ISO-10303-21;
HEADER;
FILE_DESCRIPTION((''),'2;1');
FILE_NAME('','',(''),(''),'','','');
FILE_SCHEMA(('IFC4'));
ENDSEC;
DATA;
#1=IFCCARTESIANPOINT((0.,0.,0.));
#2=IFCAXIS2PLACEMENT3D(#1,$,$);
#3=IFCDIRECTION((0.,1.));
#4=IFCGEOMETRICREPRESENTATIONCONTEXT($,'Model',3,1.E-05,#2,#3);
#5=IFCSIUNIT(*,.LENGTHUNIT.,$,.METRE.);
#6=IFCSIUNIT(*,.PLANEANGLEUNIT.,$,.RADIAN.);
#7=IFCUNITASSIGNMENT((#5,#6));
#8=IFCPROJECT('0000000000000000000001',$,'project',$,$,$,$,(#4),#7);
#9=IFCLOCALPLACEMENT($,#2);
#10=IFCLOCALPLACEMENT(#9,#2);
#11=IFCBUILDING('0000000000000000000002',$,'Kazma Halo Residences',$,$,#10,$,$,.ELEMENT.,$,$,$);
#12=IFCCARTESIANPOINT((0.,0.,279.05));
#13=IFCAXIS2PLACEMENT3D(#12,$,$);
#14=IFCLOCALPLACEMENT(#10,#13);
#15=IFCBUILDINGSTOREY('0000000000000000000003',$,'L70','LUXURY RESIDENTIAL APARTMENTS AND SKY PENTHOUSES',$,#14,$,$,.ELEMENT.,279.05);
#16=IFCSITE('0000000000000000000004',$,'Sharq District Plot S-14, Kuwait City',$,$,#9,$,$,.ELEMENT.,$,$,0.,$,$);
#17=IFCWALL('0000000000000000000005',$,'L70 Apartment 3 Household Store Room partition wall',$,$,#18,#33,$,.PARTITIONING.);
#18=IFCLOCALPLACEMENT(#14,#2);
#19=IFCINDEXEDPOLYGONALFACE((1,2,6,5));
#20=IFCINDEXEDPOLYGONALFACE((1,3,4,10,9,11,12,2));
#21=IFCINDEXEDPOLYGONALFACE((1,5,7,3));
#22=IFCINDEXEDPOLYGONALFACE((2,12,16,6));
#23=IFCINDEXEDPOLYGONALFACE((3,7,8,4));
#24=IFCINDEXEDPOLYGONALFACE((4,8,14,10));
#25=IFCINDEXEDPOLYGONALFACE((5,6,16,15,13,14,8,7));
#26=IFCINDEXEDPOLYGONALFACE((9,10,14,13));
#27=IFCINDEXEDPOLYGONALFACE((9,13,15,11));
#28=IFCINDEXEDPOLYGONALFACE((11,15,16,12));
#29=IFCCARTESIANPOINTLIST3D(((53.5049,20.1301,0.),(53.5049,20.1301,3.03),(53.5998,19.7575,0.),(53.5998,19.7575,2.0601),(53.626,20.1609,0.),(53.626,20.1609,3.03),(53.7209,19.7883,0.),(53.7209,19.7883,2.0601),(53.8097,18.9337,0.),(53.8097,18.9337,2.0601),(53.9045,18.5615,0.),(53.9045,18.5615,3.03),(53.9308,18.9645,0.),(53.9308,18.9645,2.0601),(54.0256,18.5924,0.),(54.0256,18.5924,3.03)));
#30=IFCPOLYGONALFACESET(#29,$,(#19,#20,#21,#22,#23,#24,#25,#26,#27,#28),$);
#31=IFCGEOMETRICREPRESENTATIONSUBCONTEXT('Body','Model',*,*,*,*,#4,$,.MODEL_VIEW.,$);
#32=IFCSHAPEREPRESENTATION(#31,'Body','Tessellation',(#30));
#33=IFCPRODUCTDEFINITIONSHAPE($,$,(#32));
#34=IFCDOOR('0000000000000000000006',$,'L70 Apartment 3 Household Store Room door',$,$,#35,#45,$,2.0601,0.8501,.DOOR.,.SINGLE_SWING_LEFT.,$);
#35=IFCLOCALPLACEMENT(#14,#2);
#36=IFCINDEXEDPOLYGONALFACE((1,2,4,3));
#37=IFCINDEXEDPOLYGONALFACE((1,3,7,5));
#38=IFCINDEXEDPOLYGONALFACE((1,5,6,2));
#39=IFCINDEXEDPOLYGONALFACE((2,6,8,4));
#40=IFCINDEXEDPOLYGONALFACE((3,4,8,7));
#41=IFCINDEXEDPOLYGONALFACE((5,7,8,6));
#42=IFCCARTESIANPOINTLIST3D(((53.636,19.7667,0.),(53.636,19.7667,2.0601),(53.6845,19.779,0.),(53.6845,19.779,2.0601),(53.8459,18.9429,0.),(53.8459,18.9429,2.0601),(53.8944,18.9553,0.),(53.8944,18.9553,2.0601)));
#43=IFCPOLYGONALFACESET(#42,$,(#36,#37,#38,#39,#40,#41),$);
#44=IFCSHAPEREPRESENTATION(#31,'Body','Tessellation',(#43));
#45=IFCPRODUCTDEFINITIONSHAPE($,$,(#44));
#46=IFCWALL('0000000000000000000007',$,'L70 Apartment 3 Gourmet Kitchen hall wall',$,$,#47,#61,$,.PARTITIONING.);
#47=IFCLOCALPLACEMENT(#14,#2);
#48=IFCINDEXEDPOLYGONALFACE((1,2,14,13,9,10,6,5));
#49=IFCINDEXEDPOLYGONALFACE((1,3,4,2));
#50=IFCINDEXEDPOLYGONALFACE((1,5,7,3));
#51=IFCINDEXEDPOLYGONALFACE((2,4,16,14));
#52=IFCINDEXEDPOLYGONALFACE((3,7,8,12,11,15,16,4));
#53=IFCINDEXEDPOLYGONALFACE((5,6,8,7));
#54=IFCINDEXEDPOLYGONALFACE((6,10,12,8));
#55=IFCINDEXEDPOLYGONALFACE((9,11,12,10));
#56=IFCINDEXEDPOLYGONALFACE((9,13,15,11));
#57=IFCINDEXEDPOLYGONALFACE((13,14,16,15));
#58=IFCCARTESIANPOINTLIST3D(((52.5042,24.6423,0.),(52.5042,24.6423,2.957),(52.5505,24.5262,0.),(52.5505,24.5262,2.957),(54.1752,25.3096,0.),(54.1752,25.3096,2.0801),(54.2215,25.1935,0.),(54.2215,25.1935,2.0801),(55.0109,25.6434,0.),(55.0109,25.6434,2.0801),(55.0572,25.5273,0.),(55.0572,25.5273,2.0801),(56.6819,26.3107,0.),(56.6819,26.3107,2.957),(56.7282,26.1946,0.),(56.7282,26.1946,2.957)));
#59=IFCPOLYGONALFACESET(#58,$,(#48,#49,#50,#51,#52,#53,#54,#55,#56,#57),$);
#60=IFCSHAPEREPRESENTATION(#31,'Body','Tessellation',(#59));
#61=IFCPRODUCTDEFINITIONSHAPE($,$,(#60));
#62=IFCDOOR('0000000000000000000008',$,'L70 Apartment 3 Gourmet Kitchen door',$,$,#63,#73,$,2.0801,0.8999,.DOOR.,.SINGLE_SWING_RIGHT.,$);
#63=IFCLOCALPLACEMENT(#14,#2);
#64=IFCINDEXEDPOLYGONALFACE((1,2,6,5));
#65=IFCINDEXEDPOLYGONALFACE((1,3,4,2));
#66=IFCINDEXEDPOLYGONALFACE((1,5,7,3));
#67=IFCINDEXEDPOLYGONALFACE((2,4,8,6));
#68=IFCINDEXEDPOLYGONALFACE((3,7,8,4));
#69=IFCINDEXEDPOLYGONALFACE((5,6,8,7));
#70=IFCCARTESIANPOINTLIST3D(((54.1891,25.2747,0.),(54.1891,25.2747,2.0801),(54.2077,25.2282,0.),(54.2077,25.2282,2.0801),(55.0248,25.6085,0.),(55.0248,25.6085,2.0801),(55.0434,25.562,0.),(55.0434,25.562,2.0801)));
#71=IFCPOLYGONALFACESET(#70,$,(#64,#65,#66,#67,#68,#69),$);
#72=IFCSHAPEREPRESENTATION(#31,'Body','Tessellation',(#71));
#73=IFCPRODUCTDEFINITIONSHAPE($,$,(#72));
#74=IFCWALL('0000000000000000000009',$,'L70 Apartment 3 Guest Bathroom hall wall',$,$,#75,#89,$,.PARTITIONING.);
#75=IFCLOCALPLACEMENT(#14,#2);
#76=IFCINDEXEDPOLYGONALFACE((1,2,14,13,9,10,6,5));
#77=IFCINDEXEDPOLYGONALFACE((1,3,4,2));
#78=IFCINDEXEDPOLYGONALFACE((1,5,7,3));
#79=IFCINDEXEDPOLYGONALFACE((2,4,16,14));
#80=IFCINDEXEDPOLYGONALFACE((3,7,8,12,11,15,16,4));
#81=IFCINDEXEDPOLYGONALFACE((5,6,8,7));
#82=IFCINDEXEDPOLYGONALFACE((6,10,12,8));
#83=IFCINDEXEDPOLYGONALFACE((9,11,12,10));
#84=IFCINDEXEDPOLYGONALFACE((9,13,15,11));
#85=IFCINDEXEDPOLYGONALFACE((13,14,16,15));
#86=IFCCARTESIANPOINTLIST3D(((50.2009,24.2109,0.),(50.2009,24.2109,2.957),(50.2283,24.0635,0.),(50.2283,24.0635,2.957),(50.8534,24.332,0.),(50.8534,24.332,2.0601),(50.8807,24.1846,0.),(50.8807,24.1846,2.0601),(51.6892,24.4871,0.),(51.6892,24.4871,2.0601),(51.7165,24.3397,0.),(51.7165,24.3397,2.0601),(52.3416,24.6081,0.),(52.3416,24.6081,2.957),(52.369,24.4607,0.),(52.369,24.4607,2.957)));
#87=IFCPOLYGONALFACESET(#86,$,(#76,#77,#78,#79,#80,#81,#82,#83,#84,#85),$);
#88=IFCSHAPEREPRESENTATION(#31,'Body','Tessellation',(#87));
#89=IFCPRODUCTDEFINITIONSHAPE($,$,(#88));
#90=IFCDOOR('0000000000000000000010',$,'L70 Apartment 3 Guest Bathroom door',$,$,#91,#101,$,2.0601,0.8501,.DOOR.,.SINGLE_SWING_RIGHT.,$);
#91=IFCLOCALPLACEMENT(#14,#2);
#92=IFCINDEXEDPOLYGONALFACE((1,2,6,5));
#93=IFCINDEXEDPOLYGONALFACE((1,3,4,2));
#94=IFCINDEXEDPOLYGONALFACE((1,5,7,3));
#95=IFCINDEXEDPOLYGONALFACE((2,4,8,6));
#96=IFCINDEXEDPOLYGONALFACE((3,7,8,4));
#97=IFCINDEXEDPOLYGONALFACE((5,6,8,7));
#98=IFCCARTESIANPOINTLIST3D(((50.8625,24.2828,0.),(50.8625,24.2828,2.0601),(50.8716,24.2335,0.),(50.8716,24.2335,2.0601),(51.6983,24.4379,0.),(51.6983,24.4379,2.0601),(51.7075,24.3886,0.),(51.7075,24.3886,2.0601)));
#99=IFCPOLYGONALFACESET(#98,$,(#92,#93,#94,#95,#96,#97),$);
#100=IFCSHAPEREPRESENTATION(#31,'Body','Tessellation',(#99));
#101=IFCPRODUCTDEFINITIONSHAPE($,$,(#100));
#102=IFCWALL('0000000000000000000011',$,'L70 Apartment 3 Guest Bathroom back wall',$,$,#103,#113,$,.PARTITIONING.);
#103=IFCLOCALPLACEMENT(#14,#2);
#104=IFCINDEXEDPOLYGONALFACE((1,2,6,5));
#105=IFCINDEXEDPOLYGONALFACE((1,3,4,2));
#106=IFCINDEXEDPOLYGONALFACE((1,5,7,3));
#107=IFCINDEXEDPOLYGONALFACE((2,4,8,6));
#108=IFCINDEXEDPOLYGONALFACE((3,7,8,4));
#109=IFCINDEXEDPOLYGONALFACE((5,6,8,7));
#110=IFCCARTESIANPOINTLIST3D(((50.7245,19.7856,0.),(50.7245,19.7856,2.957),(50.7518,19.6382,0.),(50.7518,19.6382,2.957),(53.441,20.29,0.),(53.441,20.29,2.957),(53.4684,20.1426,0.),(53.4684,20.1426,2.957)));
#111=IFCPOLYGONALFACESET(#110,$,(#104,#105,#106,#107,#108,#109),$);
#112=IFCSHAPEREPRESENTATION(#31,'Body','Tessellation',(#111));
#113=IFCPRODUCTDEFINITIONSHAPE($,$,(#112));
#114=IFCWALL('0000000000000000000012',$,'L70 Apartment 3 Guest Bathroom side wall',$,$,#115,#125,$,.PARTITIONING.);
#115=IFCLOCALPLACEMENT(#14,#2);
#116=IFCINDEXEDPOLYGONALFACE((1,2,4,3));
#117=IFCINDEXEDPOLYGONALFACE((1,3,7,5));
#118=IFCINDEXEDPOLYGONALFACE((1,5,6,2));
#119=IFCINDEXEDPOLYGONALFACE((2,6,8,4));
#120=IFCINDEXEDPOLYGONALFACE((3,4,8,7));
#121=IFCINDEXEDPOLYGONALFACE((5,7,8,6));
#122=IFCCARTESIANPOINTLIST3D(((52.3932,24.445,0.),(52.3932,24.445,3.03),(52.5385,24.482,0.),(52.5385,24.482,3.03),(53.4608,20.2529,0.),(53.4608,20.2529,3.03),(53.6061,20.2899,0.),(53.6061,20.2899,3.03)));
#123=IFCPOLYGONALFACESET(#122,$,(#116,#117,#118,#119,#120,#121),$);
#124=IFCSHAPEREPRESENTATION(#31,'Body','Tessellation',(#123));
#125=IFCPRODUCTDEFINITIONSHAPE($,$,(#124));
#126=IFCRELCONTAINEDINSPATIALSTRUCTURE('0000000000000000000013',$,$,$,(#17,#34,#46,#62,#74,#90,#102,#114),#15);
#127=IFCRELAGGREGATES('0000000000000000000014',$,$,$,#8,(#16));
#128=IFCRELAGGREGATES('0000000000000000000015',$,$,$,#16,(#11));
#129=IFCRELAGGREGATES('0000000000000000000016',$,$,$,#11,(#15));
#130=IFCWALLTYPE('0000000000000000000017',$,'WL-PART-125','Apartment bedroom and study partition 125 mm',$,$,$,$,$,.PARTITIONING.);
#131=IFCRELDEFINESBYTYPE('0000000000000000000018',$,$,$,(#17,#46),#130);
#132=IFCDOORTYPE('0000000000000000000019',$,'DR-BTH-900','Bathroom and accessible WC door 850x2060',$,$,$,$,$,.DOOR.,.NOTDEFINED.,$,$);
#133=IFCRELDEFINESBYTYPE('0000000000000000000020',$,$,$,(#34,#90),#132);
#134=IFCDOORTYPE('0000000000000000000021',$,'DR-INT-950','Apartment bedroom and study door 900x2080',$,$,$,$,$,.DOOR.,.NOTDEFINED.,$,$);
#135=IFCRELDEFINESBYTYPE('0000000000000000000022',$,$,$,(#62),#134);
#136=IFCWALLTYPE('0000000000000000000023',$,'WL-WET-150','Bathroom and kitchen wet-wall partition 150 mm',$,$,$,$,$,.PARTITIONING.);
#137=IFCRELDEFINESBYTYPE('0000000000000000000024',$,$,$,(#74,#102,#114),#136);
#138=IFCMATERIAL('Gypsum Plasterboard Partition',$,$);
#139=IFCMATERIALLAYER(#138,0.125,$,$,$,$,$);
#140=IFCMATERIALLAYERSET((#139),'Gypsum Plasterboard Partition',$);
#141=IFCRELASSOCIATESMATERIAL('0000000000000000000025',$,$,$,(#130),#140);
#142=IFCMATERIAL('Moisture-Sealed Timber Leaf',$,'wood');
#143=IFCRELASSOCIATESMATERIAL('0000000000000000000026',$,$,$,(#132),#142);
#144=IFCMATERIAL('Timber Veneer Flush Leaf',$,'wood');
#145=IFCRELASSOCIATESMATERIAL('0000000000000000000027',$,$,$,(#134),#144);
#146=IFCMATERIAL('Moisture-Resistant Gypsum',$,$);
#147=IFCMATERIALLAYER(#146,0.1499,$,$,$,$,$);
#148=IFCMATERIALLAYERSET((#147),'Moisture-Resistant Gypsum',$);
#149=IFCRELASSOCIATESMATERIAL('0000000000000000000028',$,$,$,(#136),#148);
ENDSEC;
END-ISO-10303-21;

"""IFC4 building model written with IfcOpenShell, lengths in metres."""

from ifc_helpers import new_model, si_unit, direction, frame, frame_2d, origin, place, context, subcontext, project, spatial, rectangle, extrude, material, layer, layer_set, type_object, element, fill, save


model = new_model("IFC4")

# Units and contexts
model_context = context("Model", 3, precision=1e-05, world=origin(), true_north=direction((0.0, 1.0)))
body_context = subcontext(model_context, "Body", "Model", "MODEL_VIEW")
ifc_project = project(units=[si_unit("LENGTHUNIT", "METRE"), si_unit("PLANEANGLEUNIT", "RADIAN")], contexts=[model_context])

# Site, building, storey
site_placement = place(None, origin())
site = spatial("IfcSite", under=ifc_project, at=site_placement, Name="Sharq District Plot S-14, Kuwait City", CompositionType="ELEMENT", RefElevation=0.0)
building_placement = place(site_placement, origin())
building = spatial("IfcBuilding", under=site, at=building_placement, Name="Kazma Halo Residences", CompositionType="ELEMENT")
storey_placement = place(building_placement, frame((0.0, 0.0, 279.05)))
storey = spatial("IfcBuildingStorey", under=building, at=storey_placement, Name="L70", Description="LUXURY RESIDENTIAL APARTMENTS AND SKY PENTHOUSES", CompositionType="ELEMENT", Elevation=279.05)

# Shared definitions
ifc_material_1 = material(Name="Gypsum Plasterboard Partition")
ifc_layer_1 = layer(ifc_material_1, 0.125)
ifc_layer_set_1 = layer_set([ifc_layer_1], Name="Gypsum Plasterboard Partition")
wall_type_1 = type_object("IfcWallType", Name="WL-PART-125", Description="Apartment bedroom and study partition 125 mm", PredefinedType="PARTITIONING", material=ifc_layer_set_1)

# Walls, openings, doors
wall_1_placement = place(storey_placement, frame((53.5654, 20.1455, 0.0), z_axis=(0.0, 0.0, 1.0), x_axis=(0.246898, -0.969041, 0.0)))
wall_1 = element("IfcWall", 1, at=wall_1_placement, inside=storey, type_object=wall_type_1, Name="L70 Apartment 3 Household Store Room partition wall", PredefinedType="PARTITIONING", context=body_context, shape_type="SweptSolid", body=[
    extrude(rectangle(XDim=1.6187, YDim=0.125, at=frame_2d((0.8093, 0.0))), origin(), (0.0, 0.0, 1.0), 3.03),
])
opening_1_placement = place(wall_1_placement, frame((0.3845, 0.0, 0.0)))
opening_1 = element("IfcOpeningElement", 2, at=opening_1_placement, cuts=wall_1, PredefinedType="OPENING", context=body_context, shape_type="SweptSolid", body=[
    extrude(rectangle(XDim=0.8501, YDim=2.0601, at=frame_2d((0.425, 1.03))), frame((0.0, 0.0725, 0.0), z_axis=(0.0, -1.0, 0.0), x_axis=(1.0, 0.0, 0.0)), (0.0, 0.0, 1.0), 0.145),
])
ifc_material_2 = material(Name="Moisture-Sealed Timber Leaf", Category="wood")
door_type_1 = type_object("IfcDoorType", Name="DR-BTH-900", Description="Bathroom and accessible WC door 850x2060", OperationType="NOTDEFINED", PredefinedType="DOOR", material=ifc_material_2)
door_1_placement = place(opening_1_placement, origin())
door_1 = element("IfcDoor", 3, at=door_1_placement, inside=storey, type_object=door_type_1, Name="L70 Apartment 3 Household Store Room door", OperationType="SINGLE_SWING_LEFT", OverallHeight=2.0601, OverallWidth=0.8501, PredefinedType="DOOR", context=body_context, shape_type="SweptSolid", body=[
    extrude(rectangle(XDim=0.8501, YDim=2.0601, at=frame_2d((0.425, 1.03))), frame((0.0, 0.0249, 0.0), z_axis=(0.0, -1.0, 0.0), x_axis=(1.0, 0.0, 0.0)), (0.0, 0.0, 1.0), 0.05),
])
fill(opening_1, door_1)
wall_2_placement = place(storey_placement, frame((52.5273, 24.5842, 0.0), z_axis=(0.0, 0.0, 1.0), x_axis=(0.928679, 0.370885, 0.0)))
wall_2 = element("IfcWall", 4, at=wall_2_placement, inside=storey, type_object=wall_type_1, Name="L70 Apartment 3 Gourmet Kitchen hall wall", PredefinedType="PARTITIONING", context=body_context, shape_type="SweptSolid", body=[
    extrude(rectangle(XDim=4.4985, YDim=0.125, at=frame_2d((2.2493, 0.0))), origin(), (0.0, 0.0, 1.0), 2.957),
])
opening_2_placement = place(wall_2_placement, frame((1.7993, 0.0, 0.0)))
opening_2 = element("IfcOpeningElement", 5, at=opening_2_placement, cuts=wall_2, PredefinedType="OPENING", context=body_context, shape_type="SweptSolid", body=[
    extrude(rectangle(XDim=0.8999, YDim=2.0801, at=frame_2d((0.45, 1.04))), frame((0.0, 0.0725, 0.0), z_axis=(0.0, -1.0, 0.0), x_axis=(1.0, 0.0, 0.0)), (0.0, 0.0, 1.0), 0.145),
])
ifc_material_3 = material(Name="Timber Veneer Flush Leaf", Category="wood")
door_type_2 = type_object("IfcDoorType", Name="DR-INT-950", Description="Apartment bedroom and study door 900x2080", OperationType="NOTDEFINED", PredefinedType="DOOR", material=ifc_material_3)
door_2_placement = place(opening_2_placement, origin())
door_2 = element("IfcDoor", 6, at=door_2_placement, inside=storey, type_object=door_type_2, Name="L70 Apartment 3 Gourmet Kitchen door", OperationType="SINGLE_SWING_RIGHT", OverallHeight=2.0801, OverallWidth=0.8999, PredefinedType="DOOR", context=body_context, shape_type="SweptSolid", body=[
    extrude(rectangle(XDim=0.8999, YDim=2.0801, at=frame_2d((0.45, 1.04))), frame((0.0, 0.0249, 0.0), z_axis=(0.0, -1.0, 0.0), x_axis=(1.0, 0.0, 0.0)), (0.0, 0.0, 1.0), 0.05),
])
fill(opening_2, door_2)
ifc_material_4 = material(Name="Moisture-Resistant Gypsum")
ifc_layer_2 = layer(ifc_material_4, 0.1499)
ifc_layer_set_2 = layer_set([ifc_layer_2], Name="Moisture-Resistant Gypsum")
wall_type_2 = type_object("IfcWallType", Name="WL-WET-150", Description="Bathroom and kitchen wet-wall partition 150 mm", PredefinedType="PARTITIONING", material=ifc_layer_set_2)
wall_3_placement = place(storey_placement, frame((50.2146, 24.1372, 0.0), z_axis=(0.0, 0.0, 1.0), x_axis=(0.983216, 0.182447, 0.0)))
wall_3 = element("IfcWall", 7, at=wall_3_placement, inside=storey, type_object=wall_type_2, Name="L70 Apartment 3 Guest Bathroom hall wall", PredefinedType="PARTITIONING", context=body_context, shape_type="SweptSolid", body=[
    extrude(rectangle(XDim=2.1772, YDim=0.1499, at=frame_2d((1.0886, 0.0))), origin(), (0.0, 0.0, 1.0), 2.957),
])
opening_3_placement = place(wall_3_placement, frame((0.6636, 0.0, 0.0)))
opening_3 = element("IfcOpeningElement", 8, at=opening_3_placement, cuts=wall_3, PredefinedType="OPENING", context=body_context, shape_type="SweptSolid", body=[
    extrude(rectangle(XDim=0.8501, YDim=2.0601, at=frame_2d((0.425, 1.03))), frame((0.0, 0.085, 0.0), z_axis=(0.0, -1.0, 0.0), x_axis=(1.0, 0.0, 0.0)), (0.0, 0.0, 1.0), 0.1699),
])
door_3_placement = place(opening_3_placement, origin())
door_3 = element("IfcDoor", 9, at=door_3_placement, inside=storey, type_object=door_type_1, Name="L70 Apartment 3 Guest Bathroom door", OperationType="SINGLE_SWING_RIGHT", OverallHeight=2.0601, OverallWidth=0.8501, PredefinedType="DOOR", context=body_context, shape_type="SweptSolid", body=[
    extrude(rectangle(XDim=0.8501, YDim=2.0601, at=frame_2d((0.425, 1.03))), frame((0.0, 0.0249, 0.0), z_axis=(0.0, -1.0, 0.0), x_axis=(1.0, 0.0, 0.0)), (0.0, 0.0, 1.0), 0.05),
])
fill(opening_3, door_3)

# Walls
wall_4_placement = place(storey_placement, frame((50.7383, 19.7119, 0.0), z_axis=(0.0, 0.0, 1.0), x_axis=(0.983196, 0.182554, 0.0)))
element("IfcWall", 10, at=wall_4_placement, inside=storey, type_object=wall_type_2, Name="L70 Apartment 3 Guest Bathroom back wall", PredefinedType="PARTITIONING", context=body_context, shape_type="SweptSolid", body=[
    extrude(rectangle(XDim=2.7629, YDim=0.1499, at=frame_2d((1.3813, 0.0))), origin(), (0.0, 0.0, 1.0), 2.957),
])
wall_5_placement = place(storey_placement, frame((52.4658, 24.4636, 0.0), z_axis=(0.0, 0.0, 1.0), x_axis=(0.246796, -0.969067, 0.0)))
element("IfcWall", 11, at=wall_5_placement, inside=storey, type_object=wall_type_2, Name="L70 Apartment 3 Guest Bathroom side wall", PredefinedType="PARTITIONING", context=body_context, shape_type="SweptSolid", body=[
    extrude(rectangle(XDim=4.3259, YDim=0.1499, at=frame_2d((2.1631, 0.0))), origin(), (0.0, 0.0, 1.0), 3.03),
])

save(model, "model.ifc")
